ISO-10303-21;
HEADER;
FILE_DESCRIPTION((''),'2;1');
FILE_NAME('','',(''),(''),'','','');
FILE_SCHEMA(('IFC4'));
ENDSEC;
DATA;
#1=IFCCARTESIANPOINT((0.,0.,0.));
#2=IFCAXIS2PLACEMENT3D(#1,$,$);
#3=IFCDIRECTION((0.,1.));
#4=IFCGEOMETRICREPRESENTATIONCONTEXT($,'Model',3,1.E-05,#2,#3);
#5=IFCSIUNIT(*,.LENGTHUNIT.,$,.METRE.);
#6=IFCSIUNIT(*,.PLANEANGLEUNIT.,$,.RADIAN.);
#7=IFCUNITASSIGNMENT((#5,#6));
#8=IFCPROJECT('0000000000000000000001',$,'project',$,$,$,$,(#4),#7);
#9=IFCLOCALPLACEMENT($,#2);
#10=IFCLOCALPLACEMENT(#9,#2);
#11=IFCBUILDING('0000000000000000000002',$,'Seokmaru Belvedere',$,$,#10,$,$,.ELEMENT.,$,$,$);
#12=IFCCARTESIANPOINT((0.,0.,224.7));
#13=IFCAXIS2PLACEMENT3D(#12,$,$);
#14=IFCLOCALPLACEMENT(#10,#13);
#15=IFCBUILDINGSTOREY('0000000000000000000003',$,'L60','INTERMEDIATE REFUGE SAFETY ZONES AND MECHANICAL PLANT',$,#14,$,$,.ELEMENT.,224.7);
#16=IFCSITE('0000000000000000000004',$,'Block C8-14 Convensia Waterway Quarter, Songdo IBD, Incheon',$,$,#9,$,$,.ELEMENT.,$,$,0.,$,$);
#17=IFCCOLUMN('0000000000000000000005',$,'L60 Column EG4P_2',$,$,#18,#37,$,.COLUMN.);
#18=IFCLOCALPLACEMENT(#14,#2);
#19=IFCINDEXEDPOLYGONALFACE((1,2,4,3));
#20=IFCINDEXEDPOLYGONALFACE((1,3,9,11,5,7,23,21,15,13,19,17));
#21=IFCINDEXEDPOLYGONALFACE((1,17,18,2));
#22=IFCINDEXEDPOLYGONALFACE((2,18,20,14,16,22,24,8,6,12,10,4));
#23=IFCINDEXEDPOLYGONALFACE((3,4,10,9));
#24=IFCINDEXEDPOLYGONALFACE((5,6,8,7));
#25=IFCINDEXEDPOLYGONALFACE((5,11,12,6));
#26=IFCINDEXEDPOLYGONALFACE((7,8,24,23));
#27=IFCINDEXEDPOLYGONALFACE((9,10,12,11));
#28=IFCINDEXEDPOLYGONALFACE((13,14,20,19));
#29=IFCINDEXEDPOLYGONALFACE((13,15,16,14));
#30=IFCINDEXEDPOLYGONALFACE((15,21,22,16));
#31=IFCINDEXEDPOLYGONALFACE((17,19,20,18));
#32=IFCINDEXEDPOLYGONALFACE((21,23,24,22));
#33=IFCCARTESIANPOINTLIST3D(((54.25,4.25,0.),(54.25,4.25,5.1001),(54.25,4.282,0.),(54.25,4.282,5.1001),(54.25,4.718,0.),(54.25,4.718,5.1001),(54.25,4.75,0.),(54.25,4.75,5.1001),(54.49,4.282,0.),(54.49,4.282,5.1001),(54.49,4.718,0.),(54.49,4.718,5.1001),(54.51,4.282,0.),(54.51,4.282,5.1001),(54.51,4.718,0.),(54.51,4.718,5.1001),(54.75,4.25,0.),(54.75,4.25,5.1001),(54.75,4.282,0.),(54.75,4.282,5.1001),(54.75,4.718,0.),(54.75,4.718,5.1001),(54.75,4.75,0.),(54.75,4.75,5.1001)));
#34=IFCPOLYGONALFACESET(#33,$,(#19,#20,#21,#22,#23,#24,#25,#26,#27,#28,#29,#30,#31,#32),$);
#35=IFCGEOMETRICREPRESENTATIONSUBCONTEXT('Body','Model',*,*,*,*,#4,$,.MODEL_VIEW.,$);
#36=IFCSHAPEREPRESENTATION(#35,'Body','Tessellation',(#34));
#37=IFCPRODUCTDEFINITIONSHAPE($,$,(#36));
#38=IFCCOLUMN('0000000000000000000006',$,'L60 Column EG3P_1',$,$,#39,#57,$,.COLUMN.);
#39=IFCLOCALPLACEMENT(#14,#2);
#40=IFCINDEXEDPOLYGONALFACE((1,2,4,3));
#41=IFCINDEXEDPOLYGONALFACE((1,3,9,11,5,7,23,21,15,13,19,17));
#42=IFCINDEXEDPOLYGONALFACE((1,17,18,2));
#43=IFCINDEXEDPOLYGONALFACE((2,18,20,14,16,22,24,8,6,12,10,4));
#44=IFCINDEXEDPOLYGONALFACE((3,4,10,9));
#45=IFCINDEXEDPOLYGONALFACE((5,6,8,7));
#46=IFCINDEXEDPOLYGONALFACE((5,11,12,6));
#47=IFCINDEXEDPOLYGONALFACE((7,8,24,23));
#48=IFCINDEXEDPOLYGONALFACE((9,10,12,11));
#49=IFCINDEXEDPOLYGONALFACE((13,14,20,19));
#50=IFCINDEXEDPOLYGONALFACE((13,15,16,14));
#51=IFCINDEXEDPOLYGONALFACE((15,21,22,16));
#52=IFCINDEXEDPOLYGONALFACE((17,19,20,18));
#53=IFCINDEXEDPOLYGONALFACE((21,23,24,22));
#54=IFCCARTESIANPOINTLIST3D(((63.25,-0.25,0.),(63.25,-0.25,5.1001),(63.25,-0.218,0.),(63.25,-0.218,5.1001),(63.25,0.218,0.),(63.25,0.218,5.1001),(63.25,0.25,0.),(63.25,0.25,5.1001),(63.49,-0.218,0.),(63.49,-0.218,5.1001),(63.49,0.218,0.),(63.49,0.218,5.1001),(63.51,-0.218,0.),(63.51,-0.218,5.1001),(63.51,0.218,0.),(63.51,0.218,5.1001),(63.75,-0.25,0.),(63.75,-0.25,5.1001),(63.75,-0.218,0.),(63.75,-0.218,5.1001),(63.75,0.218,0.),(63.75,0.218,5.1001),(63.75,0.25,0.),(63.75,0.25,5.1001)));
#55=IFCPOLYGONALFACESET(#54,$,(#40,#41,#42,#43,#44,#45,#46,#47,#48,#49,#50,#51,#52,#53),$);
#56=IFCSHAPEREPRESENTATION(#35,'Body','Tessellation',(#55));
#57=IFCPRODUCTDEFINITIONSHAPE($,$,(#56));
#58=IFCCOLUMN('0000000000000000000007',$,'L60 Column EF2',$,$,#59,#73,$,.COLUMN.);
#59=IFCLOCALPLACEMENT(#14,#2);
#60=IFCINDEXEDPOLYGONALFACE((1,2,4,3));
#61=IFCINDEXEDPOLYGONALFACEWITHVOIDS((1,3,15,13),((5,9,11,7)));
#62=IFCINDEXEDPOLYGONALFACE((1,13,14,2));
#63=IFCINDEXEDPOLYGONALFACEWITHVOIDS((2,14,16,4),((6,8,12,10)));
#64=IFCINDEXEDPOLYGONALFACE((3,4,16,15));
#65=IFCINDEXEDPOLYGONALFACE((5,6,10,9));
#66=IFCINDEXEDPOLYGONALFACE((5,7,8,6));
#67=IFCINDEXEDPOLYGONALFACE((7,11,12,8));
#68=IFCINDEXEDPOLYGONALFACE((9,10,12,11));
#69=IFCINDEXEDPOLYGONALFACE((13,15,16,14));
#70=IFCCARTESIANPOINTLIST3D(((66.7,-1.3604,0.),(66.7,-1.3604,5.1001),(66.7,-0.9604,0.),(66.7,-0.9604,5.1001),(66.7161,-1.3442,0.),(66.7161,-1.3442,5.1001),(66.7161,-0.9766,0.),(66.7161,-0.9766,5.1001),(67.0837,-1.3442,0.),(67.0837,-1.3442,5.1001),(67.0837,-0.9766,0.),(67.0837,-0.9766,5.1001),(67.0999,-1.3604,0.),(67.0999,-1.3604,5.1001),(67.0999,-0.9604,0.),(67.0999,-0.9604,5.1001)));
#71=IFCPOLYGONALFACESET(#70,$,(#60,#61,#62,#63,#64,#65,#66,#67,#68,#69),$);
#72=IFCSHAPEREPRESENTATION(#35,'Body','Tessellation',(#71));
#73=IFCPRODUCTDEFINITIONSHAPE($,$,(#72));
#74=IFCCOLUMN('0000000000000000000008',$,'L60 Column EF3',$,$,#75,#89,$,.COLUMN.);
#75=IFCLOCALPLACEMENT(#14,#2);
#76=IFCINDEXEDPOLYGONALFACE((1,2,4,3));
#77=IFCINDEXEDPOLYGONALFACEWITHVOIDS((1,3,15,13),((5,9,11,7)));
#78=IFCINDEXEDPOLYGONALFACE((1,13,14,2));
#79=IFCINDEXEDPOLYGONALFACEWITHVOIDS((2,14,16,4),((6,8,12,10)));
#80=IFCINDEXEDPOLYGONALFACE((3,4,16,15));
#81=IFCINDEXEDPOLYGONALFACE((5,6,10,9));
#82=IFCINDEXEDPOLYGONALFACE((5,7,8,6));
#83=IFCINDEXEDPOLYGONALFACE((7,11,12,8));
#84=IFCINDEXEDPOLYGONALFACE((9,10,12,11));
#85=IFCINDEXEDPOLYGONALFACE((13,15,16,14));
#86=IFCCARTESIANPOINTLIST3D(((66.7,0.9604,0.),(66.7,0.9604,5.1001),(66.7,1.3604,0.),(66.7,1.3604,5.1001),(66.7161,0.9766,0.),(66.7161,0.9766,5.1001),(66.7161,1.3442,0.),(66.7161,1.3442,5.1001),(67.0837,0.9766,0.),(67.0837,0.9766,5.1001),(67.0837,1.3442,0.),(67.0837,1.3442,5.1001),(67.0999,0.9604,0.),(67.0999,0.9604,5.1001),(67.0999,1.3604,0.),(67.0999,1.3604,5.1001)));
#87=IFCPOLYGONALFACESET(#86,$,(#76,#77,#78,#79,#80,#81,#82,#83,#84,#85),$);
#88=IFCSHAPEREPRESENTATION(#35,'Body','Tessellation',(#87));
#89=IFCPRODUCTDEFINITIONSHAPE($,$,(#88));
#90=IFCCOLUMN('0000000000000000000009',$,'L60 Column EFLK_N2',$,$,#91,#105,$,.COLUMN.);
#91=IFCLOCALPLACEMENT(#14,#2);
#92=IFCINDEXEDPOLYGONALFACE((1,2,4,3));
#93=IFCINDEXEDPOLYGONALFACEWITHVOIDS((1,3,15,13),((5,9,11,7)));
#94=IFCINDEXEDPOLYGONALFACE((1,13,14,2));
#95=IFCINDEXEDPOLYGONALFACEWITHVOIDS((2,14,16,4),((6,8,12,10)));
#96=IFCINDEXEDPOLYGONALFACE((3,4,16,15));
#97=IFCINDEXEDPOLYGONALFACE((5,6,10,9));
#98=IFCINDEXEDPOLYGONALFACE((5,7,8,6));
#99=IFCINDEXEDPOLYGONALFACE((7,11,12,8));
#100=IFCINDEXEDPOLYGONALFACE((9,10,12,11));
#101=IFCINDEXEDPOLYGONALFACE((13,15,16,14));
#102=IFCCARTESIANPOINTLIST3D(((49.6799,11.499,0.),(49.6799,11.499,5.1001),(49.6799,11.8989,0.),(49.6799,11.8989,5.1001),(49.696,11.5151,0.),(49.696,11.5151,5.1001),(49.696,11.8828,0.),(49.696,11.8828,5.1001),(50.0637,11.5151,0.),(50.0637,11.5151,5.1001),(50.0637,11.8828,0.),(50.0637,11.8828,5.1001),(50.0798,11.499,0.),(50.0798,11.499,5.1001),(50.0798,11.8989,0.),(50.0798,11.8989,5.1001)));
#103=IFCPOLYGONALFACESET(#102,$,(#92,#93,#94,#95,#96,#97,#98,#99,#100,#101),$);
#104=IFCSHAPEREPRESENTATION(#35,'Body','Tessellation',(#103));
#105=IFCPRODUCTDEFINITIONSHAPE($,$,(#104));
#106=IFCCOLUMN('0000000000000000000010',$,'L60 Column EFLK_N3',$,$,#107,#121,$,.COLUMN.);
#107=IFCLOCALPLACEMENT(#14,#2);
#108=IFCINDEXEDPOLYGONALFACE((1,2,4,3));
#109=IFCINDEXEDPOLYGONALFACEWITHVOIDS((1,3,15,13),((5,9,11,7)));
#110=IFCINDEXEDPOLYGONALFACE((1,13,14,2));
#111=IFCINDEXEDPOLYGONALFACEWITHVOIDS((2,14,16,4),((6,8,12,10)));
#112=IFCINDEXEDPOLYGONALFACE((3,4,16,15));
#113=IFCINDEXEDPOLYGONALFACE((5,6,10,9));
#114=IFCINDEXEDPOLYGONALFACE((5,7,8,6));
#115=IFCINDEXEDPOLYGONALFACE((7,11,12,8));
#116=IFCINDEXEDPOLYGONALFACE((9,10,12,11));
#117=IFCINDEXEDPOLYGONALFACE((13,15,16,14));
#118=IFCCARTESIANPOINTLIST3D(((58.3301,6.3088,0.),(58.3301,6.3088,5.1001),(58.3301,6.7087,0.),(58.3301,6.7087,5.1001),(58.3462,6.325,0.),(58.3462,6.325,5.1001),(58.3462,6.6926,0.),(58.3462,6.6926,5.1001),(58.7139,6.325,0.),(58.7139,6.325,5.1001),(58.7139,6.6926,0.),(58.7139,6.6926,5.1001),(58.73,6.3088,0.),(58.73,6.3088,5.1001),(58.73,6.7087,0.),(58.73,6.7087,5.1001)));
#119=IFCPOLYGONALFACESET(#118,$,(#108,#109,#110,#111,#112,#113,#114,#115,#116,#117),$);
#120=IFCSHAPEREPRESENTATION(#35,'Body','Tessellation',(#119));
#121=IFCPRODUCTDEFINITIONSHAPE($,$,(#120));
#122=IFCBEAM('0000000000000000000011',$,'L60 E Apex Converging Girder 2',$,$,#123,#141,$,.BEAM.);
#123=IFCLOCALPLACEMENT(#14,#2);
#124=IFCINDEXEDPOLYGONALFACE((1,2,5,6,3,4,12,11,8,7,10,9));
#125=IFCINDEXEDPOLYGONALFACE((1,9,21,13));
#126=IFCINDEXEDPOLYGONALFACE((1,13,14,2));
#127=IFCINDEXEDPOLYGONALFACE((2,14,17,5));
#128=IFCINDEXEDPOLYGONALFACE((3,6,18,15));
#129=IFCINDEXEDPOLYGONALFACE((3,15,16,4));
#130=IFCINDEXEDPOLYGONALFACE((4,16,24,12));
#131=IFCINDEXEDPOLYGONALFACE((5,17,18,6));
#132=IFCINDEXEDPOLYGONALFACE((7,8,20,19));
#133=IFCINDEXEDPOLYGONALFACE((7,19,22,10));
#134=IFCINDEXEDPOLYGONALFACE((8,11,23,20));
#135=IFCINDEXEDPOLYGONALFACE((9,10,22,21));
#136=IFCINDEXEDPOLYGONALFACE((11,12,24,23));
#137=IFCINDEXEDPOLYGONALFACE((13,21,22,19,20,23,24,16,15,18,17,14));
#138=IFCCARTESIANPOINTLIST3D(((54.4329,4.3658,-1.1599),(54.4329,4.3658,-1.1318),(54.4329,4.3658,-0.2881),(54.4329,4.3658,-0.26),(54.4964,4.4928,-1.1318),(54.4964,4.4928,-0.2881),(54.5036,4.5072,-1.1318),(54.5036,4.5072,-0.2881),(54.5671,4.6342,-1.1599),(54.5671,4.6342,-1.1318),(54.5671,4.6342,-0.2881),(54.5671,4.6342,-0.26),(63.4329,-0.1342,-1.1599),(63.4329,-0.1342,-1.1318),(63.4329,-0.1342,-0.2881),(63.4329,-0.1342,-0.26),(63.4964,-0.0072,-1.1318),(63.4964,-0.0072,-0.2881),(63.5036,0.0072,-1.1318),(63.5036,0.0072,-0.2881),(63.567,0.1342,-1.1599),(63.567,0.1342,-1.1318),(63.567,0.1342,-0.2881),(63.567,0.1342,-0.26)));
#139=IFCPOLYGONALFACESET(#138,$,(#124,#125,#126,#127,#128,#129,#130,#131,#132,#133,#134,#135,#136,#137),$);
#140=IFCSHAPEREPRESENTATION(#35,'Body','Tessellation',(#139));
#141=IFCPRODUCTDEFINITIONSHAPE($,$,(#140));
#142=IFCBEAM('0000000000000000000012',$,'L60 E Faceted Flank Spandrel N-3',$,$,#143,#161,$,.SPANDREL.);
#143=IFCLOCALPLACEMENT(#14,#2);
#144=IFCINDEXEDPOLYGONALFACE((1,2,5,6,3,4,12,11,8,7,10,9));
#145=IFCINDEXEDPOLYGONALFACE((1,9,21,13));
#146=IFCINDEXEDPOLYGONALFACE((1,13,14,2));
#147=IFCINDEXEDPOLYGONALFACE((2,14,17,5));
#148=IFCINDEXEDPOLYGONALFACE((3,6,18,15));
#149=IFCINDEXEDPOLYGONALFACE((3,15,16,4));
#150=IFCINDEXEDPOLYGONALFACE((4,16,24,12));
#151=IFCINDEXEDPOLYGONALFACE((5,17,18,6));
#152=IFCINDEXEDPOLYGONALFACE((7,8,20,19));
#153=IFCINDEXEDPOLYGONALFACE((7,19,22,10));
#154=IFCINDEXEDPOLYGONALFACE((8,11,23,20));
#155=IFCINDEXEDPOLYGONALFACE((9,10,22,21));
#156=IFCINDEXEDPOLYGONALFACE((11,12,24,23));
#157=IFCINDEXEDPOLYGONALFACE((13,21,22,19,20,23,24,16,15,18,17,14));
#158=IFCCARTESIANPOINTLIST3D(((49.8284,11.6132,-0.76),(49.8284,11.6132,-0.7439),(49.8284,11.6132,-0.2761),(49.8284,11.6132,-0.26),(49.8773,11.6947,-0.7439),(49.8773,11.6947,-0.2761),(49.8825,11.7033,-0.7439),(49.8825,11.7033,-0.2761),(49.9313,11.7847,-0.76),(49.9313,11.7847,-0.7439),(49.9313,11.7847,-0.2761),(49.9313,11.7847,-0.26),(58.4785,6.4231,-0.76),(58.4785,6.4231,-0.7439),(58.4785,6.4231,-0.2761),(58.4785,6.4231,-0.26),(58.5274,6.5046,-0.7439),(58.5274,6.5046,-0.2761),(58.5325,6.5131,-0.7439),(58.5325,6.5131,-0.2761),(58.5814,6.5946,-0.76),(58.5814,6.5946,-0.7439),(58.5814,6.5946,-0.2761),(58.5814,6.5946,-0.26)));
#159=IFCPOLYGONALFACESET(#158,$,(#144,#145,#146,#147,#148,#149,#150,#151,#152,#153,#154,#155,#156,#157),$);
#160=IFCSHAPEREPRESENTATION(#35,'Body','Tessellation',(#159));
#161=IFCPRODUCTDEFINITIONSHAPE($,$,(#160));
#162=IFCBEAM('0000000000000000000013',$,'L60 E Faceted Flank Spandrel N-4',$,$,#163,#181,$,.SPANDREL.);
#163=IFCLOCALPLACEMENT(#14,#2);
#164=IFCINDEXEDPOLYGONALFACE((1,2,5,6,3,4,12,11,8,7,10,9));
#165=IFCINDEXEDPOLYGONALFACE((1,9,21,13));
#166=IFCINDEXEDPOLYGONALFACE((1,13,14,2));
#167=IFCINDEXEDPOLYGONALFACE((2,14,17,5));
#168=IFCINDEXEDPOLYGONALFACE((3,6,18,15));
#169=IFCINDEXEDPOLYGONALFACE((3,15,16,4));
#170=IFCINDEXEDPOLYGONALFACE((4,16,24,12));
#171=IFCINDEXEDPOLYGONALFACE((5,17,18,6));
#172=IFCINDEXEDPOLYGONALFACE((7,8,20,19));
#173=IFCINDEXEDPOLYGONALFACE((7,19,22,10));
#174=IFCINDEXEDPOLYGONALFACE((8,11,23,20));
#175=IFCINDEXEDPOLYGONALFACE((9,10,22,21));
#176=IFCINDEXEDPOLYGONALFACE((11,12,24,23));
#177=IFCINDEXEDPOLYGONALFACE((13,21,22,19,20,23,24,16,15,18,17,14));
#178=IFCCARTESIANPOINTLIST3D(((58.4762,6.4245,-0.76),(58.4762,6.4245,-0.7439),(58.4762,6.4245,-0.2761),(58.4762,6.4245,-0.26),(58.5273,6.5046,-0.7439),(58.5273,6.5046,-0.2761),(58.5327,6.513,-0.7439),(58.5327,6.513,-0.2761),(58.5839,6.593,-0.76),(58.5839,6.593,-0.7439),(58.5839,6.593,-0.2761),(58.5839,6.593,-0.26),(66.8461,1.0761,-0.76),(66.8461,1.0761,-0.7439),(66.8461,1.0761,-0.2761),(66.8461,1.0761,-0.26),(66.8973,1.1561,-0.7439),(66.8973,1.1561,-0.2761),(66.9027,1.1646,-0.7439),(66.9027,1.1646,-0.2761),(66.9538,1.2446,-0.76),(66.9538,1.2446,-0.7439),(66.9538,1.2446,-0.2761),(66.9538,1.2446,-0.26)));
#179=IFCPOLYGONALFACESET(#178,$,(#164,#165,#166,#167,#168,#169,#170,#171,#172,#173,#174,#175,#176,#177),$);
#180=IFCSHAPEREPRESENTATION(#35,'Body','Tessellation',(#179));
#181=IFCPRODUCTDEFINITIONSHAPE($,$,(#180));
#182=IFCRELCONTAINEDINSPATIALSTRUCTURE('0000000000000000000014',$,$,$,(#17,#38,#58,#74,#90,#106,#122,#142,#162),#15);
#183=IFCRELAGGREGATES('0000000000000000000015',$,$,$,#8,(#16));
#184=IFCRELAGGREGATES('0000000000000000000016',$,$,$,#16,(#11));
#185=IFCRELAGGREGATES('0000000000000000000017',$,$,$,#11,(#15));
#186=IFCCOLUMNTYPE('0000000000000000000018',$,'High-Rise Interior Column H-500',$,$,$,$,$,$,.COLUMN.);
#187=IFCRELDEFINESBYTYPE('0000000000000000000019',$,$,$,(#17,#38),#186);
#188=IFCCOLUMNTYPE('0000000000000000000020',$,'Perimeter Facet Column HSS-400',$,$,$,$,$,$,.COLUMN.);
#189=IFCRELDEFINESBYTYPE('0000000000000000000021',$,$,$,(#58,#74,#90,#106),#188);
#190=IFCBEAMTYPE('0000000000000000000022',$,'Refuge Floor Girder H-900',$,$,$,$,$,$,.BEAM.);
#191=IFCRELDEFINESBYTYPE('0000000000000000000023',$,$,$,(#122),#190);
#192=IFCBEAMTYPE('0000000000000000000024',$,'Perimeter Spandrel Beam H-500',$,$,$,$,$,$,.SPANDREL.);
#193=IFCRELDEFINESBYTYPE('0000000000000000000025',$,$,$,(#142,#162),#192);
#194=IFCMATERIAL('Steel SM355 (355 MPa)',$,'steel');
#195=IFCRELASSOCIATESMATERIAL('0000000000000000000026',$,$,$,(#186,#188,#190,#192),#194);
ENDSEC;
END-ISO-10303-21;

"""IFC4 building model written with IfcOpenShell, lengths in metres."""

from ifc_helpers import new_model, si_unit, direction, frame, origin, origin_2d, place, context, subcontext, project, spatial, hollow_rectangle, i_section, extrude, source, transform, mapped, material, material_profile, profile_set, type_object, type_shapes, element, save


model = new_model("IFC4")

# Units and contexts
model_context = context("Model", 3, precision=1e-05, world=origin(), true_north=direction((0.0, 1.0)))
body_context = subcontext(model_context, "Body", "Model", "MODEL_VIEW")
ifc_project = project(units=[si_unit("LENGTHUNIT", "METRE"), si_unit("PLANEANGLEUNIT", "RADIAN")], contexts=[model_context])

# Site, building, storey
site_placement = place(None, origin())
site = spatial("IfcSite", under=ifc_project, at=site_placement, Name="Block C8-14 Convensia Waterway Quarter, Songdo IBD, Incheon", CompositionType="ELEMENT", RefElevation=0.0)
building_placement = place(site_placement, origin())
building = spatial("IfcBuilding", under=site, at=building_placement, Name="Seokmaru Belvedere", CompositionType="ELEMENT")
storey_placement = place(building_placement, frame((0.0, 0.0, 224.7)))
storey = spatial("IfcBuildingStorey", under=building, at=storey_placement, Name="L60", Description="INTERMEDIATE REFUGE SAFETY ZONES AND MECHANICAL PLANT", CompositionType="ELEMENT", Elevation=224.7)

# Columns
ifc_material_1 = material(Name="Steel SM355 (355 MPa)", Category="steel")
ifc_material_profile_1 = material_profile(ifc_material_1, i_section(OverallWidth=0.5, OverallDepth=0.5, WebThickness=0.02, FlangeThickness=0.032, at=origin_2d()), Name="H-500x500x20x32")
ifc_profile_set_1 = profile_set([ifc_material_profile_1], Name="Steel SM355 (355 MPa)")
column_type_1 = type_object("IfcColumnType", Name="High-Rise Interior Column H-500", PredefinedType="COLUMN", material=ifc_profile_set_1)
shared_shape_1 = source(origin(), body_context, "Body", "SweptSolid", [
    extrude(i_section(OverallWidth=0.5, OverallDepth=0.5, WebThickness=0.02, FlangeThickness=0.032, at=origin_2d()), origin(), (0.0, 0.0, 1.0), 5.1001),
])
type_shapes(column_type_1, [shared_shape_1])
for number, where, z_axis, x_axis, name in (
    (1, (54.5, 4.5, 0.0), (0.0, 0.0, 1.0), (1.0, 0.0, 0.0), "L60 Column EG4P_2"),
    (2, (63.5, 0.0, 0.0), (0.0, 0.0, 1.0), (1.0, 0.0, 0.0), "L60 Column EG3P_1"),
):
    element("IfcColumn", number, at=place(storey_placement, frame(where, z_axis=z_axis, x_axis=x_axis)), inside=storey, type_object=column_type_1, Name=name, PredefinedType="COLUMN", context=body_context, shape_type="MappedRepresentation", body=[
        mapped(shared_shape_1, transform((0.0, 0.0, 0.0), scale=1.0)),
    ])
ifc_material_profile_2 = material_profile(ifc_material_1, hollow_rectangle(XDim=0.3999, YDim=0.3999, WallThickness=0.0161, at=origin_2d()), Name="HSS-400x400x16")
ifc_profile_set_2 = profile_set([ifc_material_profile_2], Name="Steel SM355 (355 MPa)")
column_type_2 = type_object("IfcColumnType", Name="Perimeter Facet Column HSS-400", PredefinedType="COLUMN", material=ifc_profile_set_2)
shared_shape_2 = source(origin(), body_context, "Body", "SweptSolid", [
    extrude(hollow_rectangle(XDim=0.3999, YDim=0.3999, WallThickness=0.0161, at=origin_2d()), origin(), (0.0, 0.0, 1.0), 5.1001),
])
type_shapes(column_type_2, [shared_shape_2])
for number, where, z_axis, x_axis, name in (
    (3, (66.8999, -1.1604, 0.0), (0.0, 0.0, 1.0), (1.0, 0.0, 0.0), "L60 Column EF2"),
    (4, (66.8999, 1.1604, 0.0), (0.0, 0.0, 1.0), (1.0, 0.0, 0.0), "L60 Column EF3"),
    (5, (49.8799, 11.699, 0.0), (0.0, 0.0, 1.0), (1.0, 0.0, 0.0), "L60 Column EFLK_N2"),
    (6, (58.53, 6.5088, 0.0), (0.0, 0.0, 1.0), (1.0, 0.0, 0.0), "L60 Column EFLK_N3"),
):
    element("IfcColumn", number, at=place(storey_placement, frame(where, z_axis=z_axis, x_axis=x_axis)), inside=storey, type_object=column_type_2, Name=name, PredefinedType="COLUMN", context=body_context, shape_type="MappedRepresentation", body=[
        mapped(shared_shape_2, transform((0.0, 0.0, 0.0), scale=1.0)),
    ])

# Beams
ifc_material_profile_3 = material_profile(ifc_material_1, i_section(OverallWidth=0.3, OverallDepth=0.8999, WebThickness=0.0161, FlangeThickness=0.0281, at=origin_2d()), Name="H-900x300x16x28")
ifc_profile_set_3 = profile_set([ifc_material_profile_3], Name="Steel SM355 (355 MPa)")
beam_type_1 = type_object("IfcBeamType", Name="Refuge Floor Girder H-900", PredefinedType="BEAM", material=ifc_profile_set_3)
shared_shape_3 = source(origin(), body_context, "Body", "SweptSolid", [
    extrude(i_section(OverallWidth=0.3, OverallDepth=0.8999, WebThickness=0.0161, FlangeThickness=0.0281, at=origin_2d()), origin(), (0.0, 0.0, 1.0), 10.0623),
])
beam_1_placement = place(storey_placement, frame((54.5, 4.5, -0.71), z_axis=(0.894427, -0.447214, 0.0), x_axis=(0.447214, 0.894427, 0.0)))
element("IfcBeam", 7, at=beam_1_placement, inside=storey, type_object=beam_type_1, Name="L60 E Apex Converging Girder 2", PredefinedType="BEAM", context=body_context, shape_type="MappedRepresentation", body=[
    mapped(shared_shape_3, transform((0.0, 0.0, 0.0), scale=1.0)),
])
ifc_material_profile_4 = material_profile(ifc_material_1, i_section(OverallWidth=0.2, OverallDepth=0.5, WebThickness=0.01, FlangeThickness=0.0161, at=origin_2d()), Name="H-500x200x10x16")
ifc_profile_set_4 = profile_set([ifc_material_profile_4], Name="Steel SM355 (355 MPa)")
beam_type_2 = type_object("IfcBeamType", Name="Perimeter Spandrel Beam H-500", PredefinedType="SPANDREL", material=ifc_profile_set_4)
shared_shape_4 = source(origin(), body_context, "Body", "SweptSolid", [
    extrude(i_section(OverallWidth=0.2, OverallDepth=0.5, WebThickness=0.01, FlangeThickness=0.0161, at=origin_2d()), origin(), (0.0, 0.0, 1.0), 10.0876),
])
beam_2_placement = place(storey_placement, frame((49.8799, 11.699, -0.51), z_axis=(0.857489, -0.514503, 0.0), x_axis=(0.514503, 0.857489, 0.0)))
element("IfcBeam", 8, at=beam_2_placement, inside=storey, type_object=beam_type_2, Name="L60 E Faceted Flank Spandrel N-3", PredefinedType="SPANDREL", context=body_context, shape_type="MappedRepresentation", body=[
    mapped(shared_shape_4, transform((0.0, 0.0, 0.0), scale=1.0)),
])
shared_shape_5 = source(origin(), body_context, "Body", "SweptSolid", [
    extrude(i_section(OverallWidth=0.2, OverallDepth=0.5, WebThickness=0.01, FlangeThickness=0.0161, at=origin_2d()), origin(), (0.0, 0.0, 1.0), 9.9329),
])
beam_3_placement = place(storey_placement, frame((58.53, 6.5088, -0.51), z_axis=(0.842652, -0.538459, 0.0), x_axis=(0.538459, 0.842652, 0.0)))
element("IfcBeam", 9, at=beam_3_placement, inside=storey, type_object=beam_type_2, Name="L60 E Faceted Flank Spandrel N-4", PredefinedType="SPANDREL", context=body_context, shape_type="MappedRepresentation", body=[
    mapped(shared_shape_5, transform((0.0, 0.0, 0.0), scale=1.0)),
])

save(model, "model.ifc")
